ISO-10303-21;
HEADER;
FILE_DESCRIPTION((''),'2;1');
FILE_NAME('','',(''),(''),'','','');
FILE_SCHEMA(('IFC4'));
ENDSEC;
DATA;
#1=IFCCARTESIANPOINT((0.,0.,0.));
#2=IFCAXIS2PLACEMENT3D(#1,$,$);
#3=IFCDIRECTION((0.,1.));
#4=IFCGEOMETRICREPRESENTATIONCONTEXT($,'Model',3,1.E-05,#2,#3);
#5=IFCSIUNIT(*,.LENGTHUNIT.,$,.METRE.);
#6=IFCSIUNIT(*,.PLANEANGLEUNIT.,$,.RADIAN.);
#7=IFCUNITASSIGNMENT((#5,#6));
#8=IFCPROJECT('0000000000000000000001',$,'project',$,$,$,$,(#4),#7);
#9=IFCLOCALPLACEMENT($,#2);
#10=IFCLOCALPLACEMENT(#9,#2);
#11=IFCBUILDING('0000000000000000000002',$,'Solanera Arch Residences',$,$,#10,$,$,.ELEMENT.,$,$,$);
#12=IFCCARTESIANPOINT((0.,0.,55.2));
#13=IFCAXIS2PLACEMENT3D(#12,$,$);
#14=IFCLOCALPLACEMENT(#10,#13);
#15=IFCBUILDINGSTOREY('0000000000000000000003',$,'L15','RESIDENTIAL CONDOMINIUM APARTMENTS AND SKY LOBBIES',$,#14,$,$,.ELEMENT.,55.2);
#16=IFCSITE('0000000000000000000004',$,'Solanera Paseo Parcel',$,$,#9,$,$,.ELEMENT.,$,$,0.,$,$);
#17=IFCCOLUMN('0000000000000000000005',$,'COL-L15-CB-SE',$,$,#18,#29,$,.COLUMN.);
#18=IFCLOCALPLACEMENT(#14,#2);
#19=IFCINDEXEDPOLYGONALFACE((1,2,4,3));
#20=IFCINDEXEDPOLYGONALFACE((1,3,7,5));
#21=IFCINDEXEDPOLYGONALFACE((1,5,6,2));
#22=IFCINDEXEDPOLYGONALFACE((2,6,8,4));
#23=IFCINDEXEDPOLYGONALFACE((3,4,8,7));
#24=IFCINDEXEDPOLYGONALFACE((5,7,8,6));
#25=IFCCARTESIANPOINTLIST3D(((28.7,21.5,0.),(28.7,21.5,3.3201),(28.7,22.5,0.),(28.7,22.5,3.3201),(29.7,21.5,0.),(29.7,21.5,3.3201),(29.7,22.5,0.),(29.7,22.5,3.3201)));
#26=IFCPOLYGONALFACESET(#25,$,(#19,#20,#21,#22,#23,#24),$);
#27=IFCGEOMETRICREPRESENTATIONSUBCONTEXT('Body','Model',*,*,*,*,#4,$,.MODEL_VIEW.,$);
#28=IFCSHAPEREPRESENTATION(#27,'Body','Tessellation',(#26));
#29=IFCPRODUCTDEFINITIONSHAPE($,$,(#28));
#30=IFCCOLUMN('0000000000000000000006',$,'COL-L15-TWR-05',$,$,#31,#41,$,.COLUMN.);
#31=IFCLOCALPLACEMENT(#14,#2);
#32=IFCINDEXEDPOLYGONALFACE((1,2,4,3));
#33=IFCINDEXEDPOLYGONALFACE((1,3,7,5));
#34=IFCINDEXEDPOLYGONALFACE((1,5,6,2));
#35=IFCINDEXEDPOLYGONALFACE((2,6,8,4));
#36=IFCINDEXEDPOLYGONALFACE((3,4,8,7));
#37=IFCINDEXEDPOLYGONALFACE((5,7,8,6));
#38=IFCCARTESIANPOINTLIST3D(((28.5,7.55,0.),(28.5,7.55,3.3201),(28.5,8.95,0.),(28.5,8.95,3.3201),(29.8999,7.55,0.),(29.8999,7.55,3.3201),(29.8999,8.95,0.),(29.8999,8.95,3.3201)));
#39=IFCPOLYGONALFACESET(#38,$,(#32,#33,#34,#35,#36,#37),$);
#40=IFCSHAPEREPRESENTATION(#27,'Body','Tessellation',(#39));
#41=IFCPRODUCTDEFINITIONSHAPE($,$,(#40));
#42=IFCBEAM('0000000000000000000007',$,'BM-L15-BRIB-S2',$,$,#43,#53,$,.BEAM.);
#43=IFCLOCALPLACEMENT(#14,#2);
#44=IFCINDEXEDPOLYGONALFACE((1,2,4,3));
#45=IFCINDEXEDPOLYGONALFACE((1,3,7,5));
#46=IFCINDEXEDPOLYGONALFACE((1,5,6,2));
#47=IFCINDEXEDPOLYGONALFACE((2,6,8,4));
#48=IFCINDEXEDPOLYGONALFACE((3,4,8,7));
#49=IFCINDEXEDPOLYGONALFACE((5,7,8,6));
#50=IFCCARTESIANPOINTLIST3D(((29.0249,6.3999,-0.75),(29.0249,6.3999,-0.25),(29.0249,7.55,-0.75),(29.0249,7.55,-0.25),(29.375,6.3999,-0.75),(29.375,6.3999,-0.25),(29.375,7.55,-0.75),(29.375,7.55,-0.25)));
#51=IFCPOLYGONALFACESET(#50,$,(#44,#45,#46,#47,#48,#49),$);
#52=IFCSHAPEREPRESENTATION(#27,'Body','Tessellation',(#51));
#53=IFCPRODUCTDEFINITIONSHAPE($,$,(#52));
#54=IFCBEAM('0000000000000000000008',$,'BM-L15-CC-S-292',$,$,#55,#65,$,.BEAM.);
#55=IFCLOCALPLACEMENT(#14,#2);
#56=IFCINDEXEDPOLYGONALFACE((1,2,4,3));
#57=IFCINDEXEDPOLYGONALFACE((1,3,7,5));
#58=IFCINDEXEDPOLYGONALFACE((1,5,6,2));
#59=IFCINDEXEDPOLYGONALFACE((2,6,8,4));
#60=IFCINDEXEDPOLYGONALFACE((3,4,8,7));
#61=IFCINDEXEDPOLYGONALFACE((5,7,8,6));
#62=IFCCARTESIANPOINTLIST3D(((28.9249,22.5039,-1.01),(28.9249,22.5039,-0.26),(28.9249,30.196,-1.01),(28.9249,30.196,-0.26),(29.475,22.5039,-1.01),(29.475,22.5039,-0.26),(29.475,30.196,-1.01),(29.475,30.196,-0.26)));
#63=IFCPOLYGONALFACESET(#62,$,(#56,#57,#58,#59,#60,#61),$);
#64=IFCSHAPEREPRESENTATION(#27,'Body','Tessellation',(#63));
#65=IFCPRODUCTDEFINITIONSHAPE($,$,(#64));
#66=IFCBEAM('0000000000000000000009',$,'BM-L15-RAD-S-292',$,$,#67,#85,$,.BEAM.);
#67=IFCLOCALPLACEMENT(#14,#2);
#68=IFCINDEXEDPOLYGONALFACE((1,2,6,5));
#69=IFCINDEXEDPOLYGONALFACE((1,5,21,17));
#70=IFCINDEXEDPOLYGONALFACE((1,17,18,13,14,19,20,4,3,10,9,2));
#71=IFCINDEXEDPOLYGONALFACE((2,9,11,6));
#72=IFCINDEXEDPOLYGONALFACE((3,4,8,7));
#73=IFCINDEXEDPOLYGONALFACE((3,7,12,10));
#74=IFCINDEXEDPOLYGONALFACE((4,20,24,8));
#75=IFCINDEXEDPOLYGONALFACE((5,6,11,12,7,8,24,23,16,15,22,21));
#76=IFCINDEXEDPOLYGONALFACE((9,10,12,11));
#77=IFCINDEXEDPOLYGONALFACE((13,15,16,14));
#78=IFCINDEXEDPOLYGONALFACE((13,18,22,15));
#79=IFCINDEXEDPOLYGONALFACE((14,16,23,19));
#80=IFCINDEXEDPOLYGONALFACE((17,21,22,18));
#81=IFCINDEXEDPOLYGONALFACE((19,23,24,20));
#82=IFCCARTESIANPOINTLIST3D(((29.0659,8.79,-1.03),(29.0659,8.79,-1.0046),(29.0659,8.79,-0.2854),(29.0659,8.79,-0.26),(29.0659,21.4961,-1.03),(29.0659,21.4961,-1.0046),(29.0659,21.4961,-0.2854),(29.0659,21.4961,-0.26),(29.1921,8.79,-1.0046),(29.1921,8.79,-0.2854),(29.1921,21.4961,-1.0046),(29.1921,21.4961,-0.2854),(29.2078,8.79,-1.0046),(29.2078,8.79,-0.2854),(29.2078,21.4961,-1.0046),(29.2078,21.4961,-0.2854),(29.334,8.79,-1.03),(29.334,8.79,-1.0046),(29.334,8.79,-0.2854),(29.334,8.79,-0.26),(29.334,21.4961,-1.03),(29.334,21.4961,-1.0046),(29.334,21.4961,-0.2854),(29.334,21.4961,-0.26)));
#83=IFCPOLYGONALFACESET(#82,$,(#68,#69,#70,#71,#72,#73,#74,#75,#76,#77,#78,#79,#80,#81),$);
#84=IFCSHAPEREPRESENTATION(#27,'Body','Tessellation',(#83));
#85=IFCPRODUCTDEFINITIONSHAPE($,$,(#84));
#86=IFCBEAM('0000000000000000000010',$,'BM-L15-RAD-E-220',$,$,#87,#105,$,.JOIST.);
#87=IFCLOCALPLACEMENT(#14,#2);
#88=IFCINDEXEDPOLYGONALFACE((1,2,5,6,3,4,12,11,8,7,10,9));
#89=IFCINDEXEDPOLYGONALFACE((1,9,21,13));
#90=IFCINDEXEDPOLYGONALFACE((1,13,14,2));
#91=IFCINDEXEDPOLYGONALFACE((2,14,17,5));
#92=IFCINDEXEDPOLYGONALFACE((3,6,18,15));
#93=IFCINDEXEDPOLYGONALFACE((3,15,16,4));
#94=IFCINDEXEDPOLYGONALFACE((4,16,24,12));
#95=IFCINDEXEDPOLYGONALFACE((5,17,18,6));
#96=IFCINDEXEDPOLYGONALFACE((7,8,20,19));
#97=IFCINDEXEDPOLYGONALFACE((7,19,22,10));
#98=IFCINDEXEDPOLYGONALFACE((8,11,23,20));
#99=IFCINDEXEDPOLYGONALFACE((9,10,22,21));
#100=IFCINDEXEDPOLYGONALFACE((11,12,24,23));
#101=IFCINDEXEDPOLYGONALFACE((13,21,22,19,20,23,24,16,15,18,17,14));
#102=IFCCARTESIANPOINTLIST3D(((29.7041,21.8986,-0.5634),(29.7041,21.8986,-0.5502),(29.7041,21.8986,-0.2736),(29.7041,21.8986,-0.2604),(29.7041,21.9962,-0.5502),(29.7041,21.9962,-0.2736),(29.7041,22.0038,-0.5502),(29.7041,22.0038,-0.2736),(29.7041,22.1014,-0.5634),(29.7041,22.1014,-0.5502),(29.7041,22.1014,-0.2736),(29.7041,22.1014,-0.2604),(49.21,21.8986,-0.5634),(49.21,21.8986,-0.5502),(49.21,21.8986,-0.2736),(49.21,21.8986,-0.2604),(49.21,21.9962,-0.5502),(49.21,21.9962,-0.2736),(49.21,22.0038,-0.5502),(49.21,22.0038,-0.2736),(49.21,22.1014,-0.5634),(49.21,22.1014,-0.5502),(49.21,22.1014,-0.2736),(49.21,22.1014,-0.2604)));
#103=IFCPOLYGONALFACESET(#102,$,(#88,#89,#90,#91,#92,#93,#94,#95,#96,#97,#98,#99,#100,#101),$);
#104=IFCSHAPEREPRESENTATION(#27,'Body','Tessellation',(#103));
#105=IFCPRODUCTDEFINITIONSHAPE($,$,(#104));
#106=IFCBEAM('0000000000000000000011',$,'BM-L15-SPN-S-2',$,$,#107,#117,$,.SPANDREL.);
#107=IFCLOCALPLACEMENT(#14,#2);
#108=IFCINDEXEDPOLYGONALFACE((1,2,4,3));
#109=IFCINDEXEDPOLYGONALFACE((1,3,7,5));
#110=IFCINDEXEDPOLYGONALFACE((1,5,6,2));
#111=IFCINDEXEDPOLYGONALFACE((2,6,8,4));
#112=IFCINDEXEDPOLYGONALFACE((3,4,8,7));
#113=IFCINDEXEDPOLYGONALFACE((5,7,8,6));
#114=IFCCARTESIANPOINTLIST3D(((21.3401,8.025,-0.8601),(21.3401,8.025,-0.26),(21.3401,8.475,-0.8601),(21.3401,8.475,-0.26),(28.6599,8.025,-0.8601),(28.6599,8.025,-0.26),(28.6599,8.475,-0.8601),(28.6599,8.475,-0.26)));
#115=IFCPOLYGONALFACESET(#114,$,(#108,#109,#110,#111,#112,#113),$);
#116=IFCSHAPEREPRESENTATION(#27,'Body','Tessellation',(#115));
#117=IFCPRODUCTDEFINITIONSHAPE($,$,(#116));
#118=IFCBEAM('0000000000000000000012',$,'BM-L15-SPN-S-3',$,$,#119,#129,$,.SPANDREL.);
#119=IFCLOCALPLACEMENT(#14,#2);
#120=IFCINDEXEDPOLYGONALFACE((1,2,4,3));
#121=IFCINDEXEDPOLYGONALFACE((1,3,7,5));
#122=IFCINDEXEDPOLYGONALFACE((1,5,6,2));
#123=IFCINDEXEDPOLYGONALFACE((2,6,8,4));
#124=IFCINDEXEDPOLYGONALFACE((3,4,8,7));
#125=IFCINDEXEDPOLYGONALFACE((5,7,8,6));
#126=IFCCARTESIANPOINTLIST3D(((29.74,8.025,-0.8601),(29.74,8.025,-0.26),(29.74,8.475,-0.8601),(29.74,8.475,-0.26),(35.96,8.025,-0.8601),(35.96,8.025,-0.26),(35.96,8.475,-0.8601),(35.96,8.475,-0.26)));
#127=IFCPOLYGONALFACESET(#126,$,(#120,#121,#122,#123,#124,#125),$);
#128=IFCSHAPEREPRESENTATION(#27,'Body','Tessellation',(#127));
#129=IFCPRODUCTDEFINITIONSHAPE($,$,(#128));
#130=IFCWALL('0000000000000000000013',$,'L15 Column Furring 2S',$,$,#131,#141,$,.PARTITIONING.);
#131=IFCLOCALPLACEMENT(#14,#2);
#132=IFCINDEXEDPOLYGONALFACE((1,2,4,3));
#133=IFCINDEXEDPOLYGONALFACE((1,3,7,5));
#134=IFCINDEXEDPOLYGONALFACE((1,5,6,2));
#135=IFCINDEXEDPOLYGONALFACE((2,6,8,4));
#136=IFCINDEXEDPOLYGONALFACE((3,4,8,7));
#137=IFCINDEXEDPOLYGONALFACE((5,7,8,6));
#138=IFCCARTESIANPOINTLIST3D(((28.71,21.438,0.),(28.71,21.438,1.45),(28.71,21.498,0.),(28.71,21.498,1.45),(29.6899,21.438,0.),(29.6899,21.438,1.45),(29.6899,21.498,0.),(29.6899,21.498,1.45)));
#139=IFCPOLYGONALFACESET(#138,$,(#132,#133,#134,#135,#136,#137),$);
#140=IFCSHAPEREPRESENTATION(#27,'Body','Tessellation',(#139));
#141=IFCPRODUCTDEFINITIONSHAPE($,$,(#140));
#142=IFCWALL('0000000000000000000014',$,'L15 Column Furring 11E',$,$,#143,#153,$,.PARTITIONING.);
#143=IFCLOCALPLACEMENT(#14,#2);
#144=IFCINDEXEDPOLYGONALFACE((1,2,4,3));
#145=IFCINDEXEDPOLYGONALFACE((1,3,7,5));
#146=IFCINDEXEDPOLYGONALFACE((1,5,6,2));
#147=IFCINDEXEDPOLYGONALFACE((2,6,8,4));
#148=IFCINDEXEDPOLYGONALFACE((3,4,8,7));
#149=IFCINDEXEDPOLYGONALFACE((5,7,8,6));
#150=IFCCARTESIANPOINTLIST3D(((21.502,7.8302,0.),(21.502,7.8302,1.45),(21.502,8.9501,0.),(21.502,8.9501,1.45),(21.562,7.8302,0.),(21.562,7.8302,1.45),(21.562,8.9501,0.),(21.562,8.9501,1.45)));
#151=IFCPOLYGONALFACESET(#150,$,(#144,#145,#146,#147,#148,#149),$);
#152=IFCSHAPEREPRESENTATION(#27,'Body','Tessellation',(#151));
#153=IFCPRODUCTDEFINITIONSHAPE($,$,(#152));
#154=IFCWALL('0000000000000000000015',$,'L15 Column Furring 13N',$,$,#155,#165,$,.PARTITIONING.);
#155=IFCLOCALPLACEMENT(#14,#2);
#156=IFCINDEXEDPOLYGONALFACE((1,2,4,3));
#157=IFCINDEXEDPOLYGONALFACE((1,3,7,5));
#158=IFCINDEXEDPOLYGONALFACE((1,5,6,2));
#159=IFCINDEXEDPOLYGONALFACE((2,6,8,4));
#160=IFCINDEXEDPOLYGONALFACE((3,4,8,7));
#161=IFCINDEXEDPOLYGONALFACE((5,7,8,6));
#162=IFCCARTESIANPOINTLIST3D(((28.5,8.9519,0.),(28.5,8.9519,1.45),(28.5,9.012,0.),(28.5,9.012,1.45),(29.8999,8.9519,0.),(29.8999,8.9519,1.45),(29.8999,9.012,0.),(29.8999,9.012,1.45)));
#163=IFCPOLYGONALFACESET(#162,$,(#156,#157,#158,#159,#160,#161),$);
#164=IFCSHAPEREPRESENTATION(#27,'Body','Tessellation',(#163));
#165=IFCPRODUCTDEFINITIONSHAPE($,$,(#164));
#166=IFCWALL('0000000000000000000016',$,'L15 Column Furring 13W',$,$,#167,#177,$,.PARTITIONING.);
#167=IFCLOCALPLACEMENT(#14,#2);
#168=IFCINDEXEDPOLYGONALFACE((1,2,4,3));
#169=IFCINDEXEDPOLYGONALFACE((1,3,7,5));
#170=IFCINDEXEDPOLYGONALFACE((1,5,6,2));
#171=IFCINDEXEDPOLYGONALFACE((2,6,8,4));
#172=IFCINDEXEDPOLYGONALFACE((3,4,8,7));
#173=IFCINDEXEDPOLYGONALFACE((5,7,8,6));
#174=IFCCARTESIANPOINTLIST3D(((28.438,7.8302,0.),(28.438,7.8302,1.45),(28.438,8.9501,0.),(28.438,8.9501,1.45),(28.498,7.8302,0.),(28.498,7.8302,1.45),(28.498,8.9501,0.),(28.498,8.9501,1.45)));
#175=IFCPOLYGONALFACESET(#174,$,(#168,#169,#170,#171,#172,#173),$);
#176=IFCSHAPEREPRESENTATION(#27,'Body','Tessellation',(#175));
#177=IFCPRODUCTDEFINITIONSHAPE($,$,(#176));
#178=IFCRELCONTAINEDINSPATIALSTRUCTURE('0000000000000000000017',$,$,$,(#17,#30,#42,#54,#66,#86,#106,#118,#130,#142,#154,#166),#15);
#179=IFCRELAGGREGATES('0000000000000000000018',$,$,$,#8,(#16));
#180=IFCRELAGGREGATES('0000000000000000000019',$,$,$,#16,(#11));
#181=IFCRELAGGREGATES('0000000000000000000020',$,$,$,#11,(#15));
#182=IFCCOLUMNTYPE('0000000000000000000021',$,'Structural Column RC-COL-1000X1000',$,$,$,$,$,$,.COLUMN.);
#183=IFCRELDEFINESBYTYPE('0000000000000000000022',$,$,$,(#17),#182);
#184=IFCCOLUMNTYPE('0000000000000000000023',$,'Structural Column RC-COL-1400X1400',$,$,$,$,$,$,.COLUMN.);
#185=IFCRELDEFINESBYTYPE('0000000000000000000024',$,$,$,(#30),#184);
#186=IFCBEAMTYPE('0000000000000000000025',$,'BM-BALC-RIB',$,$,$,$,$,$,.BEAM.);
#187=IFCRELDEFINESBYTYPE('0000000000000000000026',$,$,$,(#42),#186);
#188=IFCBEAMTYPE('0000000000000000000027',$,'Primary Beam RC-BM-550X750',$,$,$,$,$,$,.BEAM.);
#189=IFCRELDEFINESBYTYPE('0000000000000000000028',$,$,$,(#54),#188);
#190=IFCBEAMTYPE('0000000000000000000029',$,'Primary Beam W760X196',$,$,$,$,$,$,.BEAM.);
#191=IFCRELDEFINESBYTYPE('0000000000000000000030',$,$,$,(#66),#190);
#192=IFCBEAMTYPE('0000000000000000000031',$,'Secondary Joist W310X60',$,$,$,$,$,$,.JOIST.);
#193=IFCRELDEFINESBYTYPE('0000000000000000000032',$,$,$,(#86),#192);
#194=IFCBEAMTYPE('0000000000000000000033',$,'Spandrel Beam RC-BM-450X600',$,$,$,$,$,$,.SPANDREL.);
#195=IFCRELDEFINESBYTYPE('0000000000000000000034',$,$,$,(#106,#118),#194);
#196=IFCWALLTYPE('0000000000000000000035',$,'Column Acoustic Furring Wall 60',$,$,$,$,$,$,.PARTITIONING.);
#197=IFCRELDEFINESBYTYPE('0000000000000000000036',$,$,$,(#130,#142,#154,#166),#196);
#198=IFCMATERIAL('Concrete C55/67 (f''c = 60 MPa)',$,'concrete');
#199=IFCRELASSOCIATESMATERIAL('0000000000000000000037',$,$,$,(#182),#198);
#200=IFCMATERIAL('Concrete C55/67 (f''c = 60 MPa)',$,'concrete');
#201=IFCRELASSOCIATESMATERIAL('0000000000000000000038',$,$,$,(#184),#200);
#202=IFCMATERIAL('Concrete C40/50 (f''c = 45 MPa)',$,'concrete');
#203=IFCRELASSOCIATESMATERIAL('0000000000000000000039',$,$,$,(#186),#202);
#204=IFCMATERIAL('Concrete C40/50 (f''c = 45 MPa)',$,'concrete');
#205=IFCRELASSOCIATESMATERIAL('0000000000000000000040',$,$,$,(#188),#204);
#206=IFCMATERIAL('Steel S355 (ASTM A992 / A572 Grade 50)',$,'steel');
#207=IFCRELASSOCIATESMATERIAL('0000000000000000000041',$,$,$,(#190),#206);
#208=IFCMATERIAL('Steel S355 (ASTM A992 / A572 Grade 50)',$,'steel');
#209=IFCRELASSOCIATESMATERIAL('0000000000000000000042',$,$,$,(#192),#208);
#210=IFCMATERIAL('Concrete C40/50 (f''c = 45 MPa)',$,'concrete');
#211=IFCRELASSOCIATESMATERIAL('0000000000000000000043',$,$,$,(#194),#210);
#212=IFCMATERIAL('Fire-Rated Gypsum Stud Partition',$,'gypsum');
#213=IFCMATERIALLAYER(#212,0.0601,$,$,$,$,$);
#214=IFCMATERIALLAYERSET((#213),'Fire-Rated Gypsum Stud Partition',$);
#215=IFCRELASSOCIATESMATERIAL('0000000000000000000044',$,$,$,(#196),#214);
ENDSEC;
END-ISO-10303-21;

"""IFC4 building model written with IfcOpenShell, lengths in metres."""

from ifc_helpers import new_model, si_unit, direction, frame, frame_2d, origin, origin_2d, place, context, subcontext, project, spatial, rectangle, i_section, extrude, material, layer, layer_set, material_profile, profile_set, type_object, element, save


model = new_model("IFC4")

# Units and contexts
model_context = context("Model", 3, precision=1e-05, world=origin(), true_north=direction((0.0, 1.0)))
body_context = subcontext(model_context, "Body", "Model", "MODEL_VIEW")
ifc_project = project(units=[si_unit("LENGTHUNIT", "METRE"), si_unit("PLANEANGLEUNIT", "RADIAN")], contexts=[model_context])

# Site, building, storey
site_placement = place(None, origin())
site = spatial("IfcSite", under=ifc_project, at=site_placement, Name="Solanera Paseo Parcel", CompositionType="ELEMENT", RefElevation=0.0)
building_placement = place(site_placement, origin())
building = spatial("IfcBuilding", under=site, at=building_placement, Name="Solanera Arch Residences", CompositionType="ELEMENT")
storey_placement = place(building_placement, frame((0.0, 0.0, 55.2)))
storey = spatial("IfcBuildingStorey", under=building, at=storey_placement, Name="L15", Description="RESIDENTIAL CONDOMINIUM APARTMENTS AND SKY LOBBIES", CompositionType="ELEMENT", Elevation=55.2)

# Columns
ifc_material_1 = material(Name="Concrete C55/67 (f'c = 60 MPa)", Category="concrete")
ifc_material_profile_1 = material_profile(ifc_material_1, rectangle(XDim=1.0, YDim=1.0, at=origin_2d()))
ifc_profile_set_1 = profile_set([ifc_material_profile_1], Name="Concrete C55/67 (f'c = 60 MPa)")
column_type_1 = type_object("IfcColumnType", Name="Structural Column RC-COL-1000X1000", PredefinedType="COLUMN", material=ifc_profile_set_1)
column_1_placement = place(storey_placement, frame((29.2, 22.0, 0.0), z_axis=(0.0, 0.0, 1.0), x_axis=(1.0, 0.0, 0.0)))
element("IfcColumn", 1, at=column_1_placement, inside=storey, type_object=column_type_1, Name="COL-L15-CB-SE", PredefinedType="COLUMN", context=body_context, shape_type="SweptSolid", body=[
    extrude(rectangle(XDim=1.0, YDim=1.0, at=origin_2d()), origin(), (0.0, 0.0, 1.0), 3.3201),
])
ifc_material_2 = material(Name="Concrete C55/67 (f'c = 60 MPa)", Category="concrete")
ifc_material_profile_2 = material_profile(ifc_material_2, rectangle(XDim=1.3999, YDim=1.3999, at=origin_2d()))
ifc_profile_set_2 = profile_set([ifc_material_profile_2], Name="Concrete C55/67 (f'c = 60 MPa)")
column_type_2 = type_object("IfcColumnType", Name="Structural Column RC-COL-1400X1400", PredefinedType="COLUMN", material=ifc_profile_set_2)
column_2_placement = place(storey_placement, frame((29.2, 8.25, 0.0), z_axis=(0.0, 0.0, 1.0), x_axis=(1.0, 0.0, 0.0)))
element("IfcColumn", 2, at=column_2_placement, inside=storey, type_object=column_type_2, Name="COL-L15-TWR-05", PredefinedType="COLUMN", context=body_context, shape_type="SweptSolid", body=[
    extrude(rectangle(XDim=1.3999, YDim=1.3999, at=origin_2d()), origin(), (0.0, 0.0, 1.0), 3.3201),
])

# Beams
ifc_material_3 = material(Name="Concrete C40/50 (f'c = 45 MPa)", Category="concrete")
ifc_material_profile_3 = material_profile(ifc_material_3, rectangle(XDim=0.3501, YDim=0.5, at=origin_2d()))
ifc_profile_set_3 = profile_set([ifc_material_profile_3], Name="Concrete C40/50 (f'c = 45 MPa)")
beam_type_1 = type_object("IfcBeamType", Name="BM-BALC-RIB", PredefinedType="BEAM", material=ifc_profile_set_3)
beam_1_placement = place(storey_placement, frame((29.2, 6.3999, -0.5), z_axis=(0.0, 1.0, 0.0), x_axis=(-1.0, 0.0, 0.0)))
element("IfcBeam", 3, at=beam_1_placement, inside=storey, type_object=beam_type_1, Name="BM-L15-BRIB-S2", PredefinedType="BEAM", context=body_context, shape_type="SweptSolid", body=[
    extrude(rectangle(XDim=0.3501, YDim=0.5, at=origin_2d()), origin(), (0.0, 0.0, 1.0), 1.1501),
])
ifc_material_4 = material(Name="Concrete C40/50 (f'c = 45 MPa)", Category="concrete")
ifc_material_profile_4 = material_profile(ifc_material_4, rectangle(XDim=0.55, YDim=0.75, at=origin_2d()))
ifc_profile_set_4 = profile_set([ifc_material_profile_4], Name="Concrete C40/50 (f'c = 45 MPa)")
beam_type_2 = type_object("IfcBeamType", Name="Primary Beam RC-BM-550X750", PredefinedType="BEAM", material=ifc_profile_set_4)
beam_2_placement = place(storey_placement, frame((29.2, 22.5039, -0.635), z_axis=(0.0, 1.0, 0.0), x_axis=(-1.0, 0.0, 0.0)))
element("IfcBeam", 4, at=beam_2_placement, inside=storey, type_object=beam_type_2, Name="BM-L15-CC-S-292", PredefinedType="BEAM", context=body_context, shape_type="SweptSolid", body=[
    extrude(rectangle(XDim=0.55, YDim=0.75, at=origin_2d()), origin(), (0.0, 0.0, 1.0), 7.6921),
])
ifc_material_5 = material(Name="Steel S355 (ASTM A992 / A572 Grade 50)", Category="steel")
ifc_material_profile_5 = material_profile(ifc_material_5, i_section(OverallWidth=0.2681, OverallDepth=0.77, WebThickness=0.0156, FlangeThickness=0.0254, at=origin_2d()))
ifc_profile_set_5 = profile_set([ifc_material_profile_5], Name="Steel S355 (ASTM A992 / A572 Grade 50)")
beam_type_3 = type_object("IfcBeamType", Name="Primary Beam W760X196", PredefinedType="BEAM", material=ifc_profile_set_5)
beam_3_placement = place(storey_placement, frame((29.2, 8.79, -0.645), z_axis=(0.0, 1.0, 0.0), x_axis=(-1.0, 0.0, 0.0)))
element("IfcBeam", 5, at=beam_3_placement, inside=storey, type_object=beam_type_3, Name="BM-L15-RAD-S-292", PredefinedType="BEAM", context=body_context, shape_type="SweptSolid", body=[
    extrude(i_section(OverallWidth=0.2681, OverallDepth=0.77, WebThickness=0.0156, FlangeThickness=0.0254, at=origin_2d()), origin(), (0.0, 0.0, 1.0), 12.7061),
])
ifc_material_6 = material(Name="Steel S355 (ASTM A992 / A572 Grade 50)", Category="steel")
ifc_material_profile_6 = material_profile(ifc_material_6, i_section(OverallWidth=0.2029, OverallDepth=0.303, WebThickness=0.0076, FlangeThickness=0.0132, at=origin_2d()))
ifc_profile_set_6 = profile_set([ifc_material_profile_6], Name="Steel S355 (ASTM A992 / A572 Grade 50)")
beam_type_4 = type_object("IfcBeamType", Name="Secondary Joist W310X60", PredefinedType="JOIST", material=ifc_profile_set_6)
beam_4_placement = place(storey_placement, frame((29.7041, 22.0, -0.4119), z_axis=(1.0, 0.0, 0.0), x_axis=(0.0, 1.0, 0.0)))
element("IfcBeam", 6, at=beam_4_placement, inside=storey, type_object=beam_type_4, Name="BM-L15-RAD-E-220", PredefinedType="JOIST", context=body_context, shape_type="SweptSolid", body=[
    extrude(i_section(OverallWidth=0.2029, OverallDepth=0.303, WebThickness=0.0076, FlangeThickness=0.0132, at=origin_2d()), origin(), (0.0, 0.0, 1.0), 19.5059),
])
ifc_material_7 = material(Name="Concrete C40/50 (f'c = 45 MPa)", Category="concrete")
ifc_material_profile_7 = material_profile(ifc_material_7, rectangle(XDim=0.45, YDim=0.6001, at=origin_2d()))
ifc_profile_set_7 = profile_set([ifc_material_profile_7], Name="Concrete C40/50 (f'c = 45 MPa)")
beam_type_5 = type_object("IfcBeamType", Name="Spandrel Beam RC-BM-450X600", PredefinedType="SPANDREL", material=ifc_profile_set_7)
beam_5_placement = place(storey_placement, frame((21.3401, 8.25, -0.5601), z_axis=(1.0, 0.0, 0.0), x_axis=(0.0, 1.0, 0.0)))
element("IfcBeam", 7, at=beam_5_placement, inside=storey, type_object=beam_type_5, Name="BM-L15-SPN-S-2", PredefinedType="SPANDREL", context=body_context, shape_type="SweptSolid", body=[
    extrude(rectangle(XDim=0.45, YDim=0.6001, at=origin_2d()), origin(), (0.0, 0.0, 1.0), 7.3198),
])
beam_6_placement = place(storey_placement, frame((29.74, 8.25, -0.5601), z_axis=(1.0, 0.0, 0.0), x_axis=(0.0, 1.0, 0.0)))
element("IfcBeam", 8, at=beam_6_placement, inside=storey, type_object=beam_type_5, Name="BM-L15-SPN-S-3", PredefinedType="SPANDREL", context=body_context, shape_type="SweptSolid", body=[
    extrude(rectangle(XDim=0.45, YDim=0.6001, at=origin_2d()), origin(), (0.0, 0.0, 1.0), 6.22),
])

# Walls
ifc_material_8 = material(Name="Fire-Rated Gypsum Stud Partition", Category="gypsum")
ifc_layer_1 = layer(ifc_material_8, 0.0601)
ifc_layer_set_1 = layer_set([ifc_layer_1], Name="Fire-Rated Gypsum Stud Partition")
wall_type_1 = type_object("IfcWallType", Name="Column Acoustic Furring Wall 60", PredefinedType="PARTITIONING", material=ifc_layer_set_1)
wall_1_placement = place(storey_placement, frame((28.71, 21.468, 0.0), z_axis=(0.0, 0.0, 1.0), x_axis=(1.0, 0.0, 0.0)))
element("IfcWall", 9, at=wall_1_placement, inside=storey, type_object=wall_type_1, Name="L15 Column Furring 2S", PredefinedType="PARTITIONING", context=body_context, shape_type="SweptSolid", body=[
    extrude(rectangle(XDim=0.98, YDim=0.0601, at=frame_2d((0.49, 0.0))), origin(), (0.0, 0.0, 1.0), 1.45),
])
wall_2_placement = place(storey_placement, frame((21.532, 7.8301, 0.0), z_axis=(0.0, 0.0, 1.0), x_axis=(0.0, 1.0, 0.0)))
element("IfcWall", 10, at=wall_2_placement, inside=storey, type_object=wall_type_1, Name="L15 Column Furring 11E", PredefinedType="PARTITIONING", context=body_context, shape_type="SweptSolid", body=[
    extrude(rectangle(XDim=1.1199, YDim=0.0601, at=frame_2d((0.5601, 0.0))), origin(), (0.0, 0.0, 1.0), 1.45),
])
wall_3_placement = place(storey_placement, frame((28.5, 8.9819, 0.0), z_axis=(0.0, 0.0, 1.0), x_axis=(1.0, 0.0, 0.0)))
element("IfcWall", 11, at=wall_3_placement, inside=storey, type_object=wall_type_1, Name="L15 Column Furring 13N", PredefinedType="PARTITIONING", context=body_context, shape_type="SweptSolid", body=[
    extrude(rectangle(XDim=1.3999, YDim=0.0601, at=frame_2d((0.7, 0.0))), origin(), (0.0, 0.0, 1.0), 1.45),
])
for number, where, z_axis, x_axis, name in (
    (12, (28.468, 7.8301, 0.0), (0.0, 0.0, 1.0), (0.0, 1.0, 0.0), "L15 Column Furring 13W"),
):
    element("IfcWall", number, at=place(storey_placement, frame(where, z_axis=z_axis, x_axis=x_axis)), inside=storey, type_object=wall_type_1, Name=name, PredefinedType="PARTITIONING", context=body_context, shape_type="SweptSolid", body=[
        extrude(rectangle(XDim=1.1199, YDim=0.0601, at=frame_2d((0.5601, 0.0))), origin(), (0.0, 0.0, 1.0), 1.45),
    ])

save(model, "model.ifc")
